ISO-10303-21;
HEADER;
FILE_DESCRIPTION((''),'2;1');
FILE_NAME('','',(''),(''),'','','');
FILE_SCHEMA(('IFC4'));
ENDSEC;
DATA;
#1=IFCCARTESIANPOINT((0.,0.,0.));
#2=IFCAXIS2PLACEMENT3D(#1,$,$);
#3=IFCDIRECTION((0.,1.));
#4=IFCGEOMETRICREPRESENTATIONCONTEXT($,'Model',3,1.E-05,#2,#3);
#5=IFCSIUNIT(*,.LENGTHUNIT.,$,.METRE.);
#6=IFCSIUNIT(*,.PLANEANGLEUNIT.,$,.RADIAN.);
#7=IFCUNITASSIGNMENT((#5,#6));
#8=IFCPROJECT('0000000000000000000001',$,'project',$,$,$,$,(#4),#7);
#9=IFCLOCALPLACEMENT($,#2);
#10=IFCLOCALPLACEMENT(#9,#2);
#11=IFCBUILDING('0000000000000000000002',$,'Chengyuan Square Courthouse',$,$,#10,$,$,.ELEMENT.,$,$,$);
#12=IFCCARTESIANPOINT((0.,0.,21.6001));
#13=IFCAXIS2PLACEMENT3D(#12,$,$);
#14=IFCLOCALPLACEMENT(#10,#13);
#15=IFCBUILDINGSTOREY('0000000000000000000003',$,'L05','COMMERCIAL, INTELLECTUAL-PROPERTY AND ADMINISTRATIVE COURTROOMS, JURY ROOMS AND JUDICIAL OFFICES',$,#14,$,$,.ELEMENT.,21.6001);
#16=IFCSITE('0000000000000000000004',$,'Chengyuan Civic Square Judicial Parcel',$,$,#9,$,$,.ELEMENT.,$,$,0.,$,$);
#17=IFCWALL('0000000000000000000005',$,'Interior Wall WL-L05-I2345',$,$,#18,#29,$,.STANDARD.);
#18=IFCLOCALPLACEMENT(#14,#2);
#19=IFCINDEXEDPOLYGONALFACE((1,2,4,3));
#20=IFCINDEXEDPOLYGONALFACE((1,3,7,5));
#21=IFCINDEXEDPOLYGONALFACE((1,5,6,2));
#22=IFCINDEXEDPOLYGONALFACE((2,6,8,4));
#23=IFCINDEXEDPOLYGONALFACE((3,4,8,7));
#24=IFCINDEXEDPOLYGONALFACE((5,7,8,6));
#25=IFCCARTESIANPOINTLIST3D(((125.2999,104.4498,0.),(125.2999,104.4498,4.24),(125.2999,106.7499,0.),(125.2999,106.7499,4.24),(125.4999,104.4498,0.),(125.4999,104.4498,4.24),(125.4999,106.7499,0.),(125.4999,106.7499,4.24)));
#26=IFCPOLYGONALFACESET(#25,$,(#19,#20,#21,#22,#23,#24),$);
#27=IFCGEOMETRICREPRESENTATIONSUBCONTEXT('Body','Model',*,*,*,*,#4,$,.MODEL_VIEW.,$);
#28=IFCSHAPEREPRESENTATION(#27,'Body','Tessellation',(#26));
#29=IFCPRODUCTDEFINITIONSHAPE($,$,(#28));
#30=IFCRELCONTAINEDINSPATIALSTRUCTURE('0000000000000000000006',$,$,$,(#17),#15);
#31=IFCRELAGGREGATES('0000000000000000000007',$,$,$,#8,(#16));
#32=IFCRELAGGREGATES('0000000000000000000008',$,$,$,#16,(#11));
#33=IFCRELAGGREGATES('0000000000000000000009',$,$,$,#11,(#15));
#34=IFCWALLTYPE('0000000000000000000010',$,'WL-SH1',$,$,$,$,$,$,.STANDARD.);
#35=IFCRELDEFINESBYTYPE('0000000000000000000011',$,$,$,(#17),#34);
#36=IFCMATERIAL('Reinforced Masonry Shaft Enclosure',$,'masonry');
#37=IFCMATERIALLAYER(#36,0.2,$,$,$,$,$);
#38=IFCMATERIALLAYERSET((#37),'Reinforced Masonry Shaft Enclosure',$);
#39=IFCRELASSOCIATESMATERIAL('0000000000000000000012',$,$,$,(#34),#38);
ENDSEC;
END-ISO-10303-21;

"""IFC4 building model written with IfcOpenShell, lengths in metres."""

from ifc_helpers import new_model, si_unit, direction, frame, frame_2d, origin, place, context, subcontext, project, spatial, rectangle, extrude, material, layer, layer_set, type_object, element, save


model = new_model("IFC4")

# Units and contexts
model_context = context("Model", 3, precision=1e-05, world=origin(), true_north=direction((0.0, 1.0)))
body_context = subcontext(model_context, "Body", "Model", "MODEL_VIEW")
ifc_project = project(units=[si_unit("LENGTHUNIT", "METRE"), si_unit("PLANEANGLEUNIT", "RADIAN")], contexts=[model_context])

# Site, building, storey
site_placement = place(None, origin())
site = spatial("IfcSite", under=ifc_project, at=site_placement, Name="Chengyuan Civic Square Judicial Parcel", CompositionType="ELEMENT", RefElevation=0.0)
building_placement = place(site_placement, origin())
building = spatial("IfcBuilding", under=site, at=building_placement, Name="Chengyuan Square Courthouse", CompositionType="ELEMENT")
storey_placement = place(building_placement, frame((0.0, 0.0, 21.6001)))
storey = spatial("IfcBuildingStorey", under=building, at=storey_placement, Name="L05", Description="COMMERCIAL, INTELLECTUAL-PROPERTY AND ADMINISTRATIVE COURTROOMS, JURY ROOMS AND JUDICIAL OFFICES", CompositionType="ELEMENT", Elevation=21.6001)

# Wall
ifc_material_1 = material(Name="Reinforced Masonry Shaft Enclosure", Category="masonry")
ifc_layer_1 = layer(ifc_material_1, 0.2)
ifc_layer_set_1 = layer_set([ifc_layer_1], Name="Reinforced Masonry Shaft Enclosure")
wall_type_1 = type_object("IfcWallType", Name="WL-SH1", PredefinedType="STANDARD", material=ifc_layer_set_1)
wall_1_placement = place(storey_placement, frame((125.3999, 104.45, 0.0), z_axis=(0.0, 0.0, 1.0), x_axis=(0.0, 1.0, 0.0)))
element("IfcWall", 1, at=wall_1_placement, inside=storey, type_object=wall_type_1, Name="Interior Wall WL-L05-I2345", PredefinedType="STANDARD", context=body_context, shape_type="SweptSolid", body=[
    extrude(rectangle(XDim=2.3, YDim=0.2, at=frame_2d((1.1499, 0.0))), origin(), (0.0, 0.0, 1.0), 4.24),
])

save(model, "model.ifc")
